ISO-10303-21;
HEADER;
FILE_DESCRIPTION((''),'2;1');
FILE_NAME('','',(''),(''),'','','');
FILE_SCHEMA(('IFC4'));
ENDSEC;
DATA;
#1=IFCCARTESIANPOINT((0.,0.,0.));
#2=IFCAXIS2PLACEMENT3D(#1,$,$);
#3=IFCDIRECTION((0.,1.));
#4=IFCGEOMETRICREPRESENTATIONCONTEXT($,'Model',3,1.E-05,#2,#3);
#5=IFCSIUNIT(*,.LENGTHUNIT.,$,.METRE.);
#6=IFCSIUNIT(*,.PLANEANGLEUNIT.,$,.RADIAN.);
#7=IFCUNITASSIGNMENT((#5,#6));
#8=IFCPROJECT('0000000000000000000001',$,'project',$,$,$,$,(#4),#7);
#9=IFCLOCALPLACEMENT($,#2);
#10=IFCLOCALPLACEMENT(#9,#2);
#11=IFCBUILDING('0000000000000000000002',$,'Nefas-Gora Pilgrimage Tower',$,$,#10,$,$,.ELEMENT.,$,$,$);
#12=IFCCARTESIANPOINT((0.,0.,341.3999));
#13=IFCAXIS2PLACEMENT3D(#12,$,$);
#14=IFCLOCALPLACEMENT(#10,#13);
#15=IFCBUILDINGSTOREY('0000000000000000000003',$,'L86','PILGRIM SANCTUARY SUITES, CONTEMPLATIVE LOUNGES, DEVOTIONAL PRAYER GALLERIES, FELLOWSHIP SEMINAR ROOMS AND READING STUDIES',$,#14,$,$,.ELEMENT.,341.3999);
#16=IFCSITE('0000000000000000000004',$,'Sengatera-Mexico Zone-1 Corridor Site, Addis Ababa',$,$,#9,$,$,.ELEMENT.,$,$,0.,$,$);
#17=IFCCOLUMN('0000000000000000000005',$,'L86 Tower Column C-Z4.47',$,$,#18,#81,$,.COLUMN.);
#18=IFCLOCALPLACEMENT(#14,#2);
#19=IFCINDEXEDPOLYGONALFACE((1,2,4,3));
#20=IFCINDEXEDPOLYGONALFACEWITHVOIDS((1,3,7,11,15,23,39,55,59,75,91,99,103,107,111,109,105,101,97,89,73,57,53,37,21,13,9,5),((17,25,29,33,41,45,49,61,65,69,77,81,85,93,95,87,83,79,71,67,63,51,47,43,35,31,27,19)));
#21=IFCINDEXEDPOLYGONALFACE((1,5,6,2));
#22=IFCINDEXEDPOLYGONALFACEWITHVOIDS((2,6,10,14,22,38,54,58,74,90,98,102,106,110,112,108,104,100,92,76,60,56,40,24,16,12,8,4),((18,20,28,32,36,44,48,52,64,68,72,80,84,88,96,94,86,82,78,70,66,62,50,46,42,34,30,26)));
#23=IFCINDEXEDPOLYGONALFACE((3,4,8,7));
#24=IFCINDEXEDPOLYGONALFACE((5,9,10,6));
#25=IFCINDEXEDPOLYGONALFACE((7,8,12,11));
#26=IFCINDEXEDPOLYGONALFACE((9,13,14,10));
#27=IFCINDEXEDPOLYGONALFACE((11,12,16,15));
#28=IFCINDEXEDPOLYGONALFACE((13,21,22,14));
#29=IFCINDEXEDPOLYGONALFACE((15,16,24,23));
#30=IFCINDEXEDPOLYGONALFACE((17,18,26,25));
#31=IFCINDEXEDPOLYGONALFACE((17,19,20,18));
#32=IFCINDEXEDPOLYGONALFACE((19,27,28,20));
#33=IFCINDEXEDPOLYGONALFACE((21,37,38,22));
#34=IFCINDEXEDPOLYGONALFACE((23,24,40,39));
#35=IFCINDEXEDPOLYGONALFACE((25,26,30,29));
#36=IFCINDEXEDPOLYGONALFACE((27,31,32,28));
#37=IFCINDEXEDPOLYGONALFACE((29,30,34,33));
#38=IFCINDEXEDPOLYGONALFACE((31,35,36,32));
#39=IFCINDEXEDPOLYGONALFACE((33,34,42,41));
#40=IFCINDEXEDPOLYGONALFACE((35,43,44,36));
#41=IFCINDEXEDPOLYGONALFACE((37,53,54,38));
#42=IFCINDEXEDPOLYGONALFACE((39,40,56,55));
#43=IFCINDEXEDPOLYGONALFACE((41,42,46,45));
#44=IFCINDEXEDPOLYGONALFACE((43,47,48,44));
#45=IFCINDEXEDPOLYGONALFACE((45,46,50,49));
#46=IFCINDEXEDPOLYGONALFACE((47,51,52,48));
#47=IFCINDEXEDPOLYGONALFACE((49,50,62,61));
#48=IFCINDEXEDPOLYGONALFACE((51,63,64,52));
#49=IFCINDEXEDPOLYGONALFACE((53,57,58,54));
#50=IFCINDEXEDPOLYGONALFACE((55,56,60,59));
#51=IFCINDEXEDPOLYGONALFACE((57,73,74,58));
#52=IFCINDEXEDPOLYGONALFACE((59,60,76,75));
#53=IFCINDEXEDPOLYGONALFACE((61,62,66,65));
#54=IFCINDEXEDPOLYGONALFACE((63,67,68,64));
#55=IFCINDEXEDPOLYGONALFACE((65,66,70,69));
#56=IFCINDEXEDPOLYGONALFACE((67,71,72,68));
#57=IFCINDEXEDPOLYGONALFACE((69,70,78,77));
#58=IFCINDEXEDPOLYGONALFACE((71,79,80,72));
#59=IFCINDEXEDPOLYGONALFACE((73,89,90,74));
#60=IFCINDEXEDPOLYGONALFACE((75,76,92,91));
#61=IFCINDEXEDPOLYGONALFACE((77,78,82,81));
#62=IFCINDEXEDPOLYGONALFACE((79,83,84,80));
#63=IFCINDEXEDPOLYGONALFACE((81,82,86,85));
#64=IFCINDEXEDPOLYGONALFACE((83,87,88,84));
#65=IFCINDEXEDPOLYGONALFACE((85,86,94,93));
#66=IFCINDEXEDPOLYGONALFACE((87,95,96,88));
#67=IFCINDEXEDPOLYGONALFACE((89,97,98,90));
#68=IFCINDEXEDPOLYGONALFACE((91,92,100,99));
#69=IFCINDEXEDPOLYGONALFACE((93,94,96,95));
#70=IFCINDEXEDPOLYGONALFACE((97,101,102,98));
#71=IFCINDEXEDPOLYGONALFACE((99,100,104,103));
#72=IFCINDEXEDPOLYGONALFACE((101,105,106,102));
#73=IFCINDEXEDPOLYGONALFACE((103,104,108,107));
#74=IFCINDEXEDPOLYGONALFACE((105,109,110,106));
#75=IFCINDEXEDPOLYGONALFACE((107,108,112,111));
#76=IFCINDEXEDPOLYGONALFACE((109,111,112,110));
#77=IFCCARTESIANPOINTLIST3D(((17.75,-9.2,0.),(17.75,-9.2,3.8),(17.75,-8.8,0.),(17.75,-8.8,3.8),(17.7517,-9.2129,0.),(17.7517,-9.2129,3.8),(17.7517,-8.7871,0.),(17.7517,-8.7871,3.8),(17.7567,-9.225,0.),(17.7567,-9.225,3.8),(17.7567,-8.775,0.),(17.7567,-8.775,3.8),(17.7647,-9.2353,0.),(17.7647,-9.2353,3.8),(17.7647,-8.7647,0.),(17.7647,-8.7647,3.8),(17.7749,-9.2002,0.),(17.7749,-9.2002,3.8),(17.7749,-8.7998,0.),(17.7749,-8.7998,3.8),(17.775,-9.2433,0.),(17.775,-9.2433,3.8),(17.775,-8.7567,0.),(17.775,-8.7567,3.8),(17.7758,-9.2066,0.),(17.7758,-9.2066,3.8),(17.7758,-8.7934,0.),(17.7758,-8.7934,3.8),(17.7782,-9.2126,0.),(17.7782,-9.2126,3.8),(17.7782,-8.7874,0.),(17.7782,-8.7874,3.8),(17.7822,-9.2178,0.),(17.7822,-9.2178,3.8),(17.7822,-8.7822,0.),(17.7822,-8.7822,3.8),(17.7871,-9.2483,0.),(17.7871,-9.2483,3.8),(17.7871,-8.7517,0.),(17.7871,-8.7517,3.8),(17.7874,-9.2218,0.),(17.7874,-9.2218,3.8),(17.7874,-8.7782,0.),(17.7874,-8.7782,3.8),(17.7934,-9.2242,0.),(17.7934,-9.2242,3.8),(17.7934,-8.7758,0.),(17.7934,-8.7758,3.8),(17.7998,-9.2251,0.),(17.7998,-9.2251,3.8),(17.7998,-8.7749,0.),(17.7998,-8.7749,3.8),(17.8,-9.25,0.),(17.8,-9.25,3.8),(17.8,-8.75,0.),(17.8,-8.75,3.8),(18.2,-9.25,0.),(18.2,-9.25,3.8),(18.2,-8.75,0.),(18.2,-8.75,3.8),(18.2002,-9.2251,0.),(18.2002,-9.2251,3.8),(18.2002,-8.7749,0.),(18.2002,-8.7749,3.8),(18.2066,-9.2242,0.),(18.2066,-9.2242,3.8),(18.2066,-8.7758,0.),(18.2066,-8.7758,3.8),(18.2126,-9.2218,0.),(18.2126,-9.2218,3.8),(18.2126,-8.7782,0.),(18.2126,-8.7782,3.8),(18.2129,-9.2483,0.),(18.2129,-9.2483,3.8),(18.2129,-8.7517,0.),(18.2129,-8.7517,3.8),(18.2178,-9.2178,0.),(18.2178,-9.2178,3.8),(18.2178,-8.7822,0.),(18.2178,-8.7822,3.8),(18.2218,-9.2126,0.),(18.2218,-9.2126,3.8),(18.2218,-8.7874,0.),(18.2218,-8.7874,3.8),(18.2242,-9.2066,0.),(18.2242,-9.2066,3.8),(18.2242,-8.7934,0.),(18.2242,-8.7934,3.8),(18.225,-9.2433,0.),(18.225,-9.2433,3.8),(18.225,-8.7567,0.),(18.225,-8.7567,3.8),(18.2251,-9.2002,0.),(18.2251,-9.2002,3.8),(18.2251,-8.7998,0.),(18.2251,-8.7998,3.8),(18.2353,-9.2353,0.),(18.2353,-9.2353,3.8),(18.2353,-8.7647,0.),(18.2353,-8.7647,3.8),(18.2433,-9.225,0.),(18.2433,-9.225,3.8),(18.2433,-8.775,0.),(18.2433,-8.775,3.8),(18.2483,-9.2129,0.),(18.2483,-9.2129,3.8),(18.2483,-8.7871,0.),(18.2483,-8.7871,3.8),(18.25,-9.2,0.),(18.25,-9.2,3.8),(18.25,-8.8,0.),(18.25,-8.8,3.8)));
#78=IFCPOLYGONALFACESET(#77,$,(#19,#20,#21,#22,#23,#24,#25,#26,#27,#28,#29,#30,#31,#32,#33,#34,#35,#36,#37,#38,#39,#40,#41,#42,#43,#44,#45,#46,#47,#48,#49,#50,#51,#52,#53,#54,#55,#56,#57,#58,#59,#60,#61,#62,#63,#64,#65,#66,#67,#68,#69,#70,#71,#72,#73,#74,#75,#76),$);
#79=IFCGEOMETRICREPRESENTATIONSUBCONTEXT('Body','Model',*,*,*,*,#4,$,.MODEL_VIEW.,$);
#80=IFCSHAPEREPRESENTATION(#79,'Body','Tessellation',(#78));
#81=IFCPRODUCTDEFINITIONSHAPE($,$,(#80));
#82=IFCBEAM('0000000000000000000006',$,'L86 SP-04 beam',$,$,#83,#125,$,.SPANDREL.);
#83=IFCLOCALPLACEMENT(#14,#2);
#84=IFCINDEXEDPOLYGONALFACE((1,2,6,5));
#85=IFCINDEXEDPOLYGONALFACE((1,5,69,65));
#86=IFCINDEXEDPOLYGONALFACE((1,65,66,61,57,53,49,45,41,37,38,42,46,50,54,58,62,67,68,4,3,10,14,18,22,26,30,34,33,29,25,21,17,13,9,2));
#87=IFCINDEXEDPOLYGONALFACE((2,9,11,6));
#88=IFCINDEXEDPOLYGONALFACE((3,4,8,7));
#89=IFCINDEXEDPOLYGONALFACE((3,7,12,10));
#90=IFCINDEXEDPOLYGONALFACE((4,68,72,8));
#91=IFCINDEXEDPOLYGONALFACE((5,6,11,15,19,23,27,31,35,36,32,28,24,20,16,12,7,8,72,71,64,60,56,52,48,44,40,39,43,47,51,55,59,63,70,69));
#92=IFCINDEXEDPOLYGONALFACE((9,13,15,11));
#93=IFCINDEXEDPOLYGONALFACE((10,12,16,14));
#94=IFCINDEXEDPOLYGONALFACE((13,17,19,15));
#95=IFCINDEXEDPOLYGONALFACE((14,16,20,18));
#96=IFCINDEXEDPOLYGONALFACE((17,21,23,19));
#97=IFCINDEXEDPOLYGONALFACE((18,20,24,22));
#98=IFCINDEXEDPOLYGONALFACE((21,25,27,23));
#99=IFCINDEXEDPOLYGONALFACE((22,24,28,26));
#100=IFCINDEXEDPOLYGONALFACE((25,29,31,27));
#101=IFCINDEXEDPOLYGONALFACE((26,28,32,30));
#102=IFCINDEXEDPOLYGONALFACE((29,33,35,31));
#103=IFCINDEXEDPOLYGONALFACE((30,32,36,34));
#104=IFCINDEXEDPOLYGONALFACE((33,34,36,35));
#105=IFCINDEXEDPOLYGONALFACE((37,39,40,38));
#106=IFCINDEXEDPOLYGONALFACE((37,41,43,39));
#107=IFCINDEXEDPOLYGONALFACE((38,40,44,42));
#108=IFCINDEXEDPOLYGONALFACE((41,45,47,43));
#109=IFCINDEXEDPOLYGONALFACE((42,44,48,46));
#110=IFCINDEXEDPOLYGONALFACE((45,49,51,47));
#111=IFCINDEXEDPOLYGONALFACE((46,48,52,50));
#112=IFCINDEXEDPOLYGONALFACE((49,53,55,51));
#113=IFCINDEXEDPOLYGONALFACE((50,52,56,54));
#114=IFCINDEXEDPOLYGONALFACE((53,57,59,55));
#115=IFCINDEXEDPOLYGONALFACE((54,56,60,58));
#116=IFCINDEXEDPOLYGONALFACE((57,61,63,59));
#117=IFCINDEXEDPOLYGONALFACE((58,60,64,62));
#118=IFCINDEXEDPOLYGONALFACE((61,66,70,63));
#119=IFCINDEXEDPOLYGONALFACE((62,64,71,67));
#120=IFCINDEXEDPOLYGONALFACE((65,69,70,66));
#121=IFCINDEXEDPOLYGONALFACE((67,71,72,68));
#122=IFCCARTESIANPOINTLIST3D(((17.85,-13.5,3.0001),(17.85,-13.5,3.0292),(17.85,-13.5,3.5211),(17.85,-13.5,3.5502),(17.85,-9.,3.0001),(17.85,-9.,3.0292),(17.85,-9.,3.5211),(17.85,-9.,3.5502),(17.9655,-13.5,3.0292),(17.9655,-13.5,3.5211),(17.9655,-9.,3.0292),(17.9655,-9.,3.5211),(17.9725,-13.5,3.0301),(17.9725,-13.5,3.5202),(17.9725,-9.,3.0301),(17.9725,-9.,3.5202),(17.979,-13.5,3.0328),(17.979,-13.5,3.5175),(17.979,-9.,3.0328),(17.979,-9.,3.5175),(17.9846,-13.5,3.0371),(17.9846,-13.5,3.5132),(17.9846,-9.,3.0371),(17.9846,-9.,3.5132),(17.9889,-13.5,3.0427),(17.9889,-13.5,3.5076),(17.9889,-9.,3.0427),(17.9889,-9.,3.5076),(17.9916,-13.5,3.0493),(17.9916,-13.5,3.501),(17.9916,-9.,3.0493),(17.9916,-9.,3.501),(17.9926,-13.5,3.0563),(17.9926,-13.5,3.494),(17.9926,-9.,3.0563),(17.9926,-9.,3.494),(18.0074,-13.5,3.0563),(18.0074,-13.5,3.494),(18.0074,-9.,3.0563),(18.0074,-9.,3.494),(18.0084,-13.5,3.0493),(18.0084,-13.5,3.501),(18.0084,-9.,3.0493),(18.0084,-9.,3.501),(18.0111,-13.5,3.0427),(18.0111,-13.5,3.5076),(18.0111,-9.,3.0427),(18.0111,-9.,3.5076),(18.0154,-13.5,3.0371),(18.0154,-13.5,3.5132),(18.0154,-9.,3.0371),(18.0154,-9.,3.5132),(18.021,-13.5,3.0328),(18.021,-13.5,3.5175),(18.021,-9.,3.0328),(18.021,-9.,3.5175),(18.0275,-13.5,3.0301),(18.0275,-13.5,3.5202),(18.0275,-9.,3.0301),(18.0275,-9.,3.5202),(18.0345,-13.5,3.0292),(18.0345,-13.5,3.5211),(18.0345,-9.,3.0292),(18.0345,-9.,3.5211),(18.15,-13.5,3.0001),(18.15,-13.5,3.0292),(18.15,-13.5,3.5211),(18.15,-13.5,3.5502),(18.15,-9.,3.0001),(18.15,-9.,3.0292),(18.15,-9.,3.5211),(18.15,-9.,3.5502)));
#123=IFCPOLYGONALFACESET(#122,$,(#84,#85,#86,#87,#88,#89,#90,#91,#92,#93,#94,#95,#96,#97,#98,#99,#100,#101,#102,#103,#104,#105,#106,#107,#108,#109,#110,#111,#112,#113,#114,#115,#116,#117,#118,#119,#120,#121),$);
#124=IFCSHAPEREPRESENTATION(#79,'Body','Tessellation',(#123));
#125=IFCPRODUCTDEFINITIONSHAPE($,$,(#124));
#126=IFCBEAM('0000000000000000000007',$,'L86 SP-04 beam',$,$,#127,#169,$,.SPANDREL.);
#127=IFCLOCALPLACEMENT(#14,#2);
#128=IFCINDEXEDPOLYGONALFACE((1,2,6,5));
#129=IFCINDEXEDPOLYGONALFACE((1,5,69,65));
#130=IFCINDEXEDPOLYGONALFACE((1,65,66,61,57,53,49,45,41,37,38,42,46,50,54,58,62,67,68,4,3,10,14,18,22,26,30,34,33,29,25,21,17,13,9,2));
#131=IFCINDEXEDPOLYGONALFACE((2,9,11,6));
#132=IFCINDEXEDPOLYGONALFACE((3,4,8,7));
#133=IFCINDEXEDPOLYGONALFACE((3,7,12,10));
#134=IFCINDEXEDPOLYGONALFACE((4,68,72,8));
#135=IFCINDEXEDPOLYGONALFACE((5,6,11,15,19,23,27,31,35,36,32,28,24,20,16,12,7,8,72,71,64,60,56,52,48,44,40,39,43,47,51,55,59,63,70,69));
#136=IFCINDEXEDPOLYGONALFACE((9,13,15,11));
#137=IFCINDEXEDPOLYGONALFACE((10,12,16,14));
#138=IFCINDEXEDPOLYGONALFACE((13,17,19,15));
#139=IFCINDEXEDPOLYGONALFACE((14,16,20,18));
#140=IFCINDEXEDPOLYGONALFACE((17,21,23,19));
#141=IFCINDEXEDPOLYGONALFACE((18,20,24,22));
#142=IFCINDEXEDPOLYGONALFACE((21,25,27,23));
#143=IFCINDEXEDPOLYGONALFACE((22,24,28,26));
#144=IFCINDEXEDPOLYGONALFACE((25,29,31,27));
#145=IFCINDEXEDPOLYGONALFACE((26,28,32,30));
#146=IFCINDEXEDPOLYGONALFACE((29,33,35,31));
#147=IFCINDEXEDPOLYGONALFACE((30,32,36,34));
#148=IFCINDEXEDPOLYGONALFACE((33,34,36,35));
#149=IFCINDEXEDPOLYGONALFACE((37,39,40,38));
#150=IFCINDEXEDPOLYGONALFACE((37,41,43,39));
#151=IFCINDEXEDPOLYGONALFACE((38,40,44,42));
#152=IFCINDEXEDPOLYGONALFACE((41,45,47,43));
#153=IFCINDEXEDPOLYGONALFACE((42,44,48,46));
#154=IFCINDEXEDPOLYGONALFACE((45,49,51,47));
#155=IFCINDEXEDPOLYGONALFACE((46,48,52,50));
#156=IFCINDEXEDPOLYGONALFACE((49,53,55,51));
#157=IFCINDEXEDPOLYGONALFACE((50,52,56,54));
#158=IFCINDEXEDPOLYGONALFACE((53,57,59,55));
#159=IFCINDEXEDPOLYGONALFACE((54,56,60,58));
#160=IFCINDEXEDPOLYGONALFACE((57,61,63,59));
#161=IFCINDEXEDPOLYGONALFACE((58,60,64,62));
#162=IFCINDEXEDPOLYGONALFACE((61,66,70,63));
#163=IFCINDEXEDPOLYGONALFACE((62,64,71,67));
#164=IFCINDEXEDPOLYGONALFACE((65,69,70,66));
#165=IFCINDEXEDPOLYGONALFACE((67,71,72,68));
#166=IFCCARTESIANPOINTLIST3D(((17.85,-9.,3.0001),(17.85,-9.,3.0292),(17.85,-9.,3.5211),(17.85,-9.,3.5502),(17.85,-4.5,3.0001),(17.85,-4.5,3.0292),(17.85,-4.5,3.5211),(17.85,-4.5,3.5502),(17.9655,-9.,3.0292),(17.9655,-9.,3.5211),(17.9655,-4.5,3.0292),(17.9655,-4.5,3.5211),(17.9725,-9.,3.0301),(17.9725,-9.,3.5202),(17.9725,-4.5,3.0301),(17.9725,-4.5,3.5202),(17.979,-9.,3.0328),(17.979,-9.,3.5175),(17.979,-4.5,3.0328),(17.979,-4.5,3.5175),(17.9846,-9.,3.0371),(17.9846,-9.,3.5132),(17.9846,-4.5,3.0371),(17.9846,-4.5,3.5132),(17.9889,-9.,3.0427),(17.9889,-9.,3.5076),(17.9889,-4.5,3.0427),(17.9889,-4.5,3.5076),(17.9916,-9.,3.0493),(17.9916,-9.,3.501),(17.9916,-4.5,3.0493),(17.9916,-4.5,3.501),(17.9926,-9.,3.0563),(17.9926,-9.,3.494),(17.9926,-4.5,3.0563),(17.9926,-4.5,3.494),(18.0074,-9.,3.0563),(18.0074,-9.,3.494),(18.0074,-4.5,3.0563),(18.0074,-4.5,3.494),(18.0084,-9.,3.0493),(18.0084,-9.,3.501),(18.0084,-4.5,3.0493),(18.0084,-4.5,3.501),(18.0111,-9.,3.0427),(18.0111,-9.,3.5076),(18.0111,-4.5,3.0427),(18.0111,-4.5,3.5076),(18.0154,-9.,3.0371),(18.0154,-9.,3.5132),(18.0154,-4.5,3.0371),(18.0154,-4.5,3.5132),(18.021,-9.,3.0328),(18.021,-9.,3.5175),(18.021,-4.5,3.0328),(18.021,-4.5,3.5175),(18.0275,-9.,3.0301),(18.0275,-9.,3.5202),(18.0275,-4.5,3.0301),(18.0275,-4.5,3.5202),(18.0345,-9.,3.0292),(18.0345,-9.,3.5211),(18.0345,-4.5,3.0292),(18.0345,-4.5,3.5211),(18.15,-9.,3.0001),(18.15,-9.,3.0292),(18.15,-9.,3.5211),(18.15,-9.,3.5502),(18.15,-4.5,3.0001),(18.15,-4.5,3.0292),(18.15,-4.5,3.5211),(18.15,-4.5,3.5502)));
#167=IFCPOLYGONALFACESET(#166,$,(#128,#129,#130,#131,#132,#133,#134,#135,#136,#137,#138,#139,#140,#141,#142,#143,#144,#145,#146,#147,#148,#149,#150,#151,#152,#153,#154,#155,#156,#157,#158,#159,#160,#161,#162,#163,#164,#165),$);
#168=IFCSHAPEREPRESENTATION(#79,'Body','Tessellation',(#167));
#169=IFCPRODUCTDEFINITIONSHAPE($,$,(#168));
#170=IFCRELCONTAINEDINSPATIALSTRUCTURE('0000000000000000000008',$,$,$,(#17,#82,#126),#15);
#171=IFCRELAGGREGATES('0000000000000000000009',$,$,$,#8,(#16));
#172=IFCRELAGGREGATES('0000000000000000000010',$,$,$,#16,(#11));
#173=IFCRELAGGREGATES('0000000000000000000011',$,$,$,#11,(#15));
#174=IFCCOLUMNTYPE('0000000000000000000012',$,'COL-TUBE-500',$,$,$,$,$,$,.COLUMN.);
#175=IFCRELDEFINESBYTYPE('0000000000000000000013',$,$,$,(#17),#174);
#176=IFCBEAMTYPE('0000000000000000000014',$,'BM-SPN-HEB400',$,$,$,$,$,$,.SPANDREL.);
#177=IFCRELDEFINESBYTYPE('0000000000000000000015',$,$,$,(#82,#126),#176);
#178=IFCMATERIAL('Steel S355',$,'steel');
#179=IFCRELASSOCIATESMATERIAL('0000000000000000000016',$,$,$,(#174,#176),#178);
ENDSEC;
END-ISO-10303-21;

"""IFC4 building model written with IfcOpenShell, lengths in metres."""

from ifc_helpers import new_model, si_unit, direction, frame, origin, origin_2d, place, context, subcontext, project, spatial, hollow_rectangle, i_section, extrude, source, transform, mapped, material, material_profile, profile_set, type_object, element, save


model = new_model("IFC4")

# Units and contexts
model_context = context("Model", 3, precision=1e-05, world=origin(), true_north=direction((0.0, 1.0)))
body_context = subcontext(model_context, "Body", "Model", "MODEL_VIEW")
ifc_project = project(units=[si_unit("LENGTHUNIT", "METRE"), si_unit("PLANEANGLEUNIT", "RADIAN")], contexts=[model_context])

# Site, building, storey
site_placement = place(None, origin())
site = spatial("IfcSite", under=ifc_project, at=site_placement, Name="Sengatera-Mexico Zone-1 Corridor Site, Addis Ababa", CompositionType="ELEMENT", RefElevation=0.0)
building_placement = place(site_placement, origin())
building = spatial("IfcBuilding", under=site, at=building_placement, Name="Nefas-Gora Pilgrimage Tower", CompositionType="ELEMENT")
storey_placement = place(building_placement, frame((0.0, 0.0, 341.3999)))
storey = spatial("IfcBuildingStorey", under=building, at=storey_placement, Name="L86", Description="PILGRIM SANCTUARY SUITES, CONTEMPLATIVE LOUNGES, DEVOTIONAL PRAYER GALLERIES, FELLOWSHIP SEMINAR ROOMS AND READING STUDIES", CompositionType="ELEMENT", Elevation=341.3999)

# Column
ifc_material_1 = material(Name="Steel S355", Category="steel")
ifc_material_profile_1 = material_profile(ifc_material_1, hollow_rectangle(XDim=0.5, YDim=0.5, WallThickness=0.0249, InnerFilletRadius=0.0249, OuterFilletRadius=0.05, at=origin_2d()), Name="SHS 500x500x25")
ifc_profile_set_1 = profile_set([ifc_material_profile_1], Name="Steel S355")
column_type_1 = type_object("IfcColumnType", Name="COL-TUBE-500", PredefinedType="COLUMN", material=ifc_profile_set_1)
shared_shape_1 = source(origin(), body_context, "Body", "SweptSolid", [
    extrude(hollow_rectangle(XDim=0.5, YDim=0.5, WallThickness=0.0249, InnerFilletRadius=0.0249, OuterFilletRadius=0.05, at=origin_2d()), origin(), (0.0, 0.0, 1.0), 3.8),
])
for number, where, z_axis, x_axis, name in (
    (1, (18.0, -9.0, 0.0), (0.0, 0.0, 1.0), (1.0, 0.0, 0.0), "L86 Tower Column C-Z4.47"),
):
    element("IfcColumn", number, at=place(storey_placement, frame(where, z_axis=z_axis, x_axis=x_axis)), inside=storey, type_object=column_type_1, Name=name, PredefinedType="COLUMN", context=body_context, shape_type="MappedRepresentation", body=[
        mapped(shared_shape_1, transform((0.0, 0.0, 0.0), x_axis=(1.0, 0.0, 0.0), y_axis=(0.0, 1.0, 0.0), z_axis=(0.0, 0.0, 1.0), scale=1.0)),
    ])

# Beams
ifc_material_profile_2 = material_profile(ifc_material_1, i_section(OverallWidth=0.3, OverallDepth=0.55, WebThickness=0.0149, FlangeThickness=0.0291, FilletRadius=0.0271, at=origin_2d()), Name="HEB 550")
ifc_profile_set_2 = profile_set([ifc_material_profile_2], Name="Steel S355")
beam_type_1 = type_object("IfcBeamType", Name="BM-SPN-HEB400", PredefinedType="SPANDREL", material=ifc_profile_set_2)
shared_shape_2 = source(origin(), body_context, "Body", "SweptSolid", [
    extrude(i_section(OverallWidth=0.3, OverallDepth=0.55, WebThickness=0.0149, FlangeThickness=0.0291, FilletRadius=0.0271, at=origin_2d()), origin(), (0.0, 0.0, 1.0), 4.5),
])
for number, where, z_axis, x_axis, name in (
    (2, (18.0, -13.5, 3.2751), (0.0, 1.0, 0.0), (-1.0, 0.0, 0.0), "L86 SP-04 beam"),
    (3, (18.0, -9.0, 3.2751), (0.0, 1.0, 0.0), (-1.0, 0.0, 0.0), "L86 SP-04 beam"),
):
    element("IfcBeam", number, at=place(storey_placement, frame(where, z_axis=z_axis, x_axis=x_axis)), inside=storey, type_object=beam_type_1, Name=name, PredefinedType="SPANDREL", context=body_context, shape_type="MappedRepresentation", body=[
        mapped(shared_shape_2, transform((0.0, 0.0, 0.0), x_axis=(1.0, 0.0, 0.0), y_axis=(0.0, 1.0, 0.0), z_axis=(0.0, 0.0, 1.0), scale=1.0)),
    ])

save(model, "model.ifc")
